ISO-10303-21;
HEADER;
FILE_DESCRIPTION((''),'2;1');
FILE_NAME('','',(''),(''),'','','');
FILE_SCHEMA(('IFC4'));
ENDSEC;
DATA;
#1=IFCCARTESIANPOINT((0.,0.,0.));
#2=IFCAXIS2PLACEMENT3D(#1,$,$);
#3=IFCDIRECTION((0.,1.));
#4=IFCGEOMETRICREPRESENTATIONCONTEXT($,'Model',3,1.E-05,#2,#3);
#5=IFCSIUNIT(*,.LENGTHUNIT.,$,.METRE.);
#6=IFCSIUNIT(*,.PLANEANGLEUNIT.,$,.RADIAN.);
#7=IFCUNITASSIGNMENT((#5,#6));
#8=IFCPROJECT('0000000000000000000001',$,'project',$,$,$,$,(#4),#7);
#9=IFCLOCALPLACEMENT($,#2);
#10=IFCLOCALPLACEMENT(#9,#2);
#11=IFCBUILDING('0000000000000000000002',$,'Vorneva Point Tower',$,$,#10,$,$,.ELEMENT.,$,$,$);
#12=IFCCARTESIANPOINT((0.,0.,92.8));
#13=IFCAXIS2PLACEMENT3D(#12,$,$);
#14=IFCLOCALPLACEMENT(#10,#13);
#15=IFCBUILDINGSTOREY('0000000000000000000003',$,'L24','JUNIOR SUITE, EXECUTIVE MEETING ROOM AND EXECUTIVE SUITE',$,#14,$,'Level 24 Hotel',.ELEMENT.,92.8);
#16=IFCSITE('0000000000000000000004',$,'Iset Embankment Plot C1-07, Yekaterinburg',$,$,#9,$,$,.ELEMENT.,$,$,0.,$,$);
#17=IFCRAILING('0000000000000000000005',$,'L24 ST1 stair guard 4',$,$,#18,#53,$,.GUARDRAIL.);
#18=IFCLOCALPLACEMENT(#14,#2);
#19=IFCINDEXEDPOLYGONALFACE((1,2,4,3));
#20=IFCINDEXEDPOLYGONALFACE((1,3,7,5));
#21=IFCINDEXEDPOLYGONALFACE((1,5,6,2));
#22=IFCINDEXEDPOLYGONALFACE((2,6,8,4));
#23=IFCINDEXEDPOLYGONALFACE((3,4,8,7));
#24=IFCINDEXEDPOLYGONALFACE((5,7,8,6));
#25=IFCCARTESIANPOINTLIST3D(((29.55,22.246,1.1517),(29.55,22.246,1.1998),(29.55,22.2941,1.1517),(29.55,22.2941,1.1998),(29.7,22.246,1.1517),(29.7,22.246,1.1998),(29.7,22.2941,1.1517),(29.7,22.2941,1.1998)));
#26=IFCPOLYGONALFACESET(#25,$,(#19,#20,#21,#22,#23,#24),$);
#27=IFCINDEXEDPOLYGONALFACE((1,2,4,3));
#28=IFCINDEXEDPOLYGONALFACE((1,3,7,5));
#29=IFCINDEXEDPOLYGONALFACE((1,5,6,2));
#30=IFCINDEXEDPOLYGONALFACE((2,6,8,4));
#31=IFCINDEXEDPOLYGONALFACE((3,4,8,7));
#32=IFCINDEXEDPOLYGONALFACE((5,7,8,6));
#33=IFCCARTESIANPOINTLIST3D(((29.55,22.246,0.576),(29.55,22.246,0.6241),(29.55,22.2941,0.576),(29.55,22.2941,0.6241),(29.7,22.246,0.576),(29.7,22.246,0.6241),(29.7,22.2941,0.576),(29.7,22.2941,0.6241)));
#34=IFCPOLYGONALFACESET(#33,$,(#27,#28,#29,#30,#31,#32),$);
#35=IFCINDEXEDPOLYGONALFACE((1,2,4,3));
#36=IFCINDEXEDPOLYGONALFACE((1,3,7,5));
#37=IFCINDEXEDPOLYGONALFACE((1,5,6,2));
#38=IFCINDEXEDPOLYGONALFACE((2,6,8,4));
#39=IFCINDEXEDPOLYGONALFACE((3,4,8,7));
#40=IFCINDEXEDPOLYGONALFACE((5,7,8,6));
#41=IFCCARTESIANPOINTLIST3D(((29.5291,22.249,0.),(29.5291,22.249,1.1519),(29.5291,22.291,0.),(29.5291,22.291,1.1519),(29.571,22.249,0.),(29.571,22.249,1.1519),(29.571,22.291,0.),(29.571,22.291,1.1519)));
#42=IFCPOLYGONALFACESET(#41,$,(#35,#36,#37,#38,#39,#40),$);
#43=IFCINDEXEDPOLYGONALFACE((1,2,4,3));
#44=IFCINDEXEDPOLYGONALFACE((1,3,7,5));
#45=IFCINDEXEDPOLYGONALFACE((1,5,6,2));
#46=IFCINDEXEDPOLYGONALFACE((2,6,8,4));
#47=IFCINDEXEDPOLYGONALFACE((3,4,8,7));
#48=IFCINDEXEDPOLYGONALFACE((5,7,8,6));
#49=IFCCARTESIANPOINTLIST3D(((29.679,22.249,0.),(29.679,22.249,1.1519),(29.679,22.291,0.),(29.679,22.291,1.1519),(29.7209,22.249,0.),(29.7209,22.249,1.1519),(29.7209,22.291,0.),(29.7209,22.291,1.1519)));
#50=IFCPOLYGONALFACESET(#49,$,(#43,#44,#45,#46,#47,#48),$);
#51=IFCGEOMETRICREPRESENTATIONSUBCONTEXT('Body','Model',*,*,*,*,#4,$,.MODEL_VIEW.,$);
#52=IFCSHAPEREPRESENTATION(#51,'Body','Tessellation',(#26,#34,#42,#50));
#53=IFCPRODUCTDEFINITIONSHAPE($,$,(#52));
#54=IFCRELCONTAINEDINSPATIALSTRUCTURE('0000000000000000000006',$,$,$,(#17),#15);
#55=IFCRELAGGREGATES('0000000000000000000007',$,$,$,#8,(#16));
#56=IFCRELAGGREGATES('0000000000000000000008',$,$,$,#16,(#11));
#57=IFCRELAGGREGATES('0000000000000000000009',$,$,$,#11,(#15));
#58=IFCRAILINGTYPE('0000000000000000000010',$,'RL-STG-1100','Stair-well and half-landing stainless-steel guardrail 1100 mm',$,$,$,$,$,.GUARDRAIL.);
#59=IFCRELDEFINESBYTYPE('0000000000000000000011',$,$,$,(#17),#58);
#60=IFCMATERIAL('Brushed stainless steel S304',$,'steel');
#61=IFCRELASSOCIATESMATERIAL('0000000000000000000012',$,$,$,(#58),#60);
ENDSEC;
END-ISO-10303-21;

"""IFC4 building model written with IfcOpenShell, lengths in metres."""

from ifc_helpers import new_model, si_unit, direction, frame, origin, origin_2d, place, context, subcontext, project, spatial, rectangle, extrude, material, type_object, element, save


model = new_model("IFC4")

# Units and contexts
model_context = context("Model", 3, precision=1e-05, world=origin(), true_north=direction((0.0, 1.0)))
body_context = subcontext(model_context, "Body", "Model", "MODEL_VIEW")
ifc_project = project(units=[si_unit("LENGTHUNIT", "METRE"), si_unit("PLANEANGLEUNIT", "RADIAN")], contexts=[model_context])

# Site, building, storey
site_placement = place(None, origin())
site = spatial("IfcSite", under=ifc_project, at=site_placement, Name="Iset Embankment Plot C1-07, Yekaterinburg", CompositionType="ELEMENT", RefElevation=0.0)
building_placement = place(site_placement, origin())
building = spatial("IfcBuilding", under=site, at=building_placement, Name="Vorneva Point Tower", CompositionType="ELEMENT")
storey_placement = place(building_placement, frame((0.0, 0.0, 92.8)))
storey = spatial("IfcBuildingStorey", under=building, at=storey_placement, Name="L24", Description="JUNIOR SUITE, EXECUTIVE MEETING ROOM AND EXECUTIVE SUITE", LongName="Level 24 Hotel", CompositionType="ELEMENT", Elevation=92.8)

# Railing
ifc_material_1 = material(Name="Brushed stainless steel S304", Category="steel")
railing_type_1 = type_object("IfcRailingType", Name="RL-STG-1100", Description="Stair-well and half-landing stainless-steel guardrail 1100 mm", PredefinedType="GUARDRAIL", material=ifc_material_1)
railing_1_placement = place(storey_placement, frame((29.55, 22.27, 0.0)))
element("IfcRailing", 1, at=railing_1_placement, inside=storey, type_object=railing_type_1, Name="L24 ST1 stair guard 4", PredefinedType="GUARDRAIL", context=body_context, shape_type="SweptSolid", body=[
    extrude(rectangle(XDim=0.0481, YDim=0.0481, at=origin_2d()), frame((0.0, 0.0, 1.1758), z_axis=(1.0, 0.0, 0.0), x_axis=(0.0, 1.0, 0.0)), (0.0, 0.0, 1.0), 0.1499),
    extrude(rectangle(XDim=0.0481, YDim=0.0481, at=origin_2d()), frame((0.0, 0.0, 0.6001), z_axis=(1.0, 0.0, 0.0), x_axis=(0.0, 1.0, 0.0)), (0.0, 0.0, 1.0), 0.1499),
    extrude(rectangle(XDim=0.042, YDim=0.042, at=origin_2d()), origin(), (0.0, 0.0, 1.0), 1.1519),
    extrude(rectangle(XDim=0.042, YDim=0.042, at=origin_2d()), frame((0.1499, 0.0, 0.0)), (0.0, 0.0, 1.0), 1.1519),
])

save(model, "model.ifc")
